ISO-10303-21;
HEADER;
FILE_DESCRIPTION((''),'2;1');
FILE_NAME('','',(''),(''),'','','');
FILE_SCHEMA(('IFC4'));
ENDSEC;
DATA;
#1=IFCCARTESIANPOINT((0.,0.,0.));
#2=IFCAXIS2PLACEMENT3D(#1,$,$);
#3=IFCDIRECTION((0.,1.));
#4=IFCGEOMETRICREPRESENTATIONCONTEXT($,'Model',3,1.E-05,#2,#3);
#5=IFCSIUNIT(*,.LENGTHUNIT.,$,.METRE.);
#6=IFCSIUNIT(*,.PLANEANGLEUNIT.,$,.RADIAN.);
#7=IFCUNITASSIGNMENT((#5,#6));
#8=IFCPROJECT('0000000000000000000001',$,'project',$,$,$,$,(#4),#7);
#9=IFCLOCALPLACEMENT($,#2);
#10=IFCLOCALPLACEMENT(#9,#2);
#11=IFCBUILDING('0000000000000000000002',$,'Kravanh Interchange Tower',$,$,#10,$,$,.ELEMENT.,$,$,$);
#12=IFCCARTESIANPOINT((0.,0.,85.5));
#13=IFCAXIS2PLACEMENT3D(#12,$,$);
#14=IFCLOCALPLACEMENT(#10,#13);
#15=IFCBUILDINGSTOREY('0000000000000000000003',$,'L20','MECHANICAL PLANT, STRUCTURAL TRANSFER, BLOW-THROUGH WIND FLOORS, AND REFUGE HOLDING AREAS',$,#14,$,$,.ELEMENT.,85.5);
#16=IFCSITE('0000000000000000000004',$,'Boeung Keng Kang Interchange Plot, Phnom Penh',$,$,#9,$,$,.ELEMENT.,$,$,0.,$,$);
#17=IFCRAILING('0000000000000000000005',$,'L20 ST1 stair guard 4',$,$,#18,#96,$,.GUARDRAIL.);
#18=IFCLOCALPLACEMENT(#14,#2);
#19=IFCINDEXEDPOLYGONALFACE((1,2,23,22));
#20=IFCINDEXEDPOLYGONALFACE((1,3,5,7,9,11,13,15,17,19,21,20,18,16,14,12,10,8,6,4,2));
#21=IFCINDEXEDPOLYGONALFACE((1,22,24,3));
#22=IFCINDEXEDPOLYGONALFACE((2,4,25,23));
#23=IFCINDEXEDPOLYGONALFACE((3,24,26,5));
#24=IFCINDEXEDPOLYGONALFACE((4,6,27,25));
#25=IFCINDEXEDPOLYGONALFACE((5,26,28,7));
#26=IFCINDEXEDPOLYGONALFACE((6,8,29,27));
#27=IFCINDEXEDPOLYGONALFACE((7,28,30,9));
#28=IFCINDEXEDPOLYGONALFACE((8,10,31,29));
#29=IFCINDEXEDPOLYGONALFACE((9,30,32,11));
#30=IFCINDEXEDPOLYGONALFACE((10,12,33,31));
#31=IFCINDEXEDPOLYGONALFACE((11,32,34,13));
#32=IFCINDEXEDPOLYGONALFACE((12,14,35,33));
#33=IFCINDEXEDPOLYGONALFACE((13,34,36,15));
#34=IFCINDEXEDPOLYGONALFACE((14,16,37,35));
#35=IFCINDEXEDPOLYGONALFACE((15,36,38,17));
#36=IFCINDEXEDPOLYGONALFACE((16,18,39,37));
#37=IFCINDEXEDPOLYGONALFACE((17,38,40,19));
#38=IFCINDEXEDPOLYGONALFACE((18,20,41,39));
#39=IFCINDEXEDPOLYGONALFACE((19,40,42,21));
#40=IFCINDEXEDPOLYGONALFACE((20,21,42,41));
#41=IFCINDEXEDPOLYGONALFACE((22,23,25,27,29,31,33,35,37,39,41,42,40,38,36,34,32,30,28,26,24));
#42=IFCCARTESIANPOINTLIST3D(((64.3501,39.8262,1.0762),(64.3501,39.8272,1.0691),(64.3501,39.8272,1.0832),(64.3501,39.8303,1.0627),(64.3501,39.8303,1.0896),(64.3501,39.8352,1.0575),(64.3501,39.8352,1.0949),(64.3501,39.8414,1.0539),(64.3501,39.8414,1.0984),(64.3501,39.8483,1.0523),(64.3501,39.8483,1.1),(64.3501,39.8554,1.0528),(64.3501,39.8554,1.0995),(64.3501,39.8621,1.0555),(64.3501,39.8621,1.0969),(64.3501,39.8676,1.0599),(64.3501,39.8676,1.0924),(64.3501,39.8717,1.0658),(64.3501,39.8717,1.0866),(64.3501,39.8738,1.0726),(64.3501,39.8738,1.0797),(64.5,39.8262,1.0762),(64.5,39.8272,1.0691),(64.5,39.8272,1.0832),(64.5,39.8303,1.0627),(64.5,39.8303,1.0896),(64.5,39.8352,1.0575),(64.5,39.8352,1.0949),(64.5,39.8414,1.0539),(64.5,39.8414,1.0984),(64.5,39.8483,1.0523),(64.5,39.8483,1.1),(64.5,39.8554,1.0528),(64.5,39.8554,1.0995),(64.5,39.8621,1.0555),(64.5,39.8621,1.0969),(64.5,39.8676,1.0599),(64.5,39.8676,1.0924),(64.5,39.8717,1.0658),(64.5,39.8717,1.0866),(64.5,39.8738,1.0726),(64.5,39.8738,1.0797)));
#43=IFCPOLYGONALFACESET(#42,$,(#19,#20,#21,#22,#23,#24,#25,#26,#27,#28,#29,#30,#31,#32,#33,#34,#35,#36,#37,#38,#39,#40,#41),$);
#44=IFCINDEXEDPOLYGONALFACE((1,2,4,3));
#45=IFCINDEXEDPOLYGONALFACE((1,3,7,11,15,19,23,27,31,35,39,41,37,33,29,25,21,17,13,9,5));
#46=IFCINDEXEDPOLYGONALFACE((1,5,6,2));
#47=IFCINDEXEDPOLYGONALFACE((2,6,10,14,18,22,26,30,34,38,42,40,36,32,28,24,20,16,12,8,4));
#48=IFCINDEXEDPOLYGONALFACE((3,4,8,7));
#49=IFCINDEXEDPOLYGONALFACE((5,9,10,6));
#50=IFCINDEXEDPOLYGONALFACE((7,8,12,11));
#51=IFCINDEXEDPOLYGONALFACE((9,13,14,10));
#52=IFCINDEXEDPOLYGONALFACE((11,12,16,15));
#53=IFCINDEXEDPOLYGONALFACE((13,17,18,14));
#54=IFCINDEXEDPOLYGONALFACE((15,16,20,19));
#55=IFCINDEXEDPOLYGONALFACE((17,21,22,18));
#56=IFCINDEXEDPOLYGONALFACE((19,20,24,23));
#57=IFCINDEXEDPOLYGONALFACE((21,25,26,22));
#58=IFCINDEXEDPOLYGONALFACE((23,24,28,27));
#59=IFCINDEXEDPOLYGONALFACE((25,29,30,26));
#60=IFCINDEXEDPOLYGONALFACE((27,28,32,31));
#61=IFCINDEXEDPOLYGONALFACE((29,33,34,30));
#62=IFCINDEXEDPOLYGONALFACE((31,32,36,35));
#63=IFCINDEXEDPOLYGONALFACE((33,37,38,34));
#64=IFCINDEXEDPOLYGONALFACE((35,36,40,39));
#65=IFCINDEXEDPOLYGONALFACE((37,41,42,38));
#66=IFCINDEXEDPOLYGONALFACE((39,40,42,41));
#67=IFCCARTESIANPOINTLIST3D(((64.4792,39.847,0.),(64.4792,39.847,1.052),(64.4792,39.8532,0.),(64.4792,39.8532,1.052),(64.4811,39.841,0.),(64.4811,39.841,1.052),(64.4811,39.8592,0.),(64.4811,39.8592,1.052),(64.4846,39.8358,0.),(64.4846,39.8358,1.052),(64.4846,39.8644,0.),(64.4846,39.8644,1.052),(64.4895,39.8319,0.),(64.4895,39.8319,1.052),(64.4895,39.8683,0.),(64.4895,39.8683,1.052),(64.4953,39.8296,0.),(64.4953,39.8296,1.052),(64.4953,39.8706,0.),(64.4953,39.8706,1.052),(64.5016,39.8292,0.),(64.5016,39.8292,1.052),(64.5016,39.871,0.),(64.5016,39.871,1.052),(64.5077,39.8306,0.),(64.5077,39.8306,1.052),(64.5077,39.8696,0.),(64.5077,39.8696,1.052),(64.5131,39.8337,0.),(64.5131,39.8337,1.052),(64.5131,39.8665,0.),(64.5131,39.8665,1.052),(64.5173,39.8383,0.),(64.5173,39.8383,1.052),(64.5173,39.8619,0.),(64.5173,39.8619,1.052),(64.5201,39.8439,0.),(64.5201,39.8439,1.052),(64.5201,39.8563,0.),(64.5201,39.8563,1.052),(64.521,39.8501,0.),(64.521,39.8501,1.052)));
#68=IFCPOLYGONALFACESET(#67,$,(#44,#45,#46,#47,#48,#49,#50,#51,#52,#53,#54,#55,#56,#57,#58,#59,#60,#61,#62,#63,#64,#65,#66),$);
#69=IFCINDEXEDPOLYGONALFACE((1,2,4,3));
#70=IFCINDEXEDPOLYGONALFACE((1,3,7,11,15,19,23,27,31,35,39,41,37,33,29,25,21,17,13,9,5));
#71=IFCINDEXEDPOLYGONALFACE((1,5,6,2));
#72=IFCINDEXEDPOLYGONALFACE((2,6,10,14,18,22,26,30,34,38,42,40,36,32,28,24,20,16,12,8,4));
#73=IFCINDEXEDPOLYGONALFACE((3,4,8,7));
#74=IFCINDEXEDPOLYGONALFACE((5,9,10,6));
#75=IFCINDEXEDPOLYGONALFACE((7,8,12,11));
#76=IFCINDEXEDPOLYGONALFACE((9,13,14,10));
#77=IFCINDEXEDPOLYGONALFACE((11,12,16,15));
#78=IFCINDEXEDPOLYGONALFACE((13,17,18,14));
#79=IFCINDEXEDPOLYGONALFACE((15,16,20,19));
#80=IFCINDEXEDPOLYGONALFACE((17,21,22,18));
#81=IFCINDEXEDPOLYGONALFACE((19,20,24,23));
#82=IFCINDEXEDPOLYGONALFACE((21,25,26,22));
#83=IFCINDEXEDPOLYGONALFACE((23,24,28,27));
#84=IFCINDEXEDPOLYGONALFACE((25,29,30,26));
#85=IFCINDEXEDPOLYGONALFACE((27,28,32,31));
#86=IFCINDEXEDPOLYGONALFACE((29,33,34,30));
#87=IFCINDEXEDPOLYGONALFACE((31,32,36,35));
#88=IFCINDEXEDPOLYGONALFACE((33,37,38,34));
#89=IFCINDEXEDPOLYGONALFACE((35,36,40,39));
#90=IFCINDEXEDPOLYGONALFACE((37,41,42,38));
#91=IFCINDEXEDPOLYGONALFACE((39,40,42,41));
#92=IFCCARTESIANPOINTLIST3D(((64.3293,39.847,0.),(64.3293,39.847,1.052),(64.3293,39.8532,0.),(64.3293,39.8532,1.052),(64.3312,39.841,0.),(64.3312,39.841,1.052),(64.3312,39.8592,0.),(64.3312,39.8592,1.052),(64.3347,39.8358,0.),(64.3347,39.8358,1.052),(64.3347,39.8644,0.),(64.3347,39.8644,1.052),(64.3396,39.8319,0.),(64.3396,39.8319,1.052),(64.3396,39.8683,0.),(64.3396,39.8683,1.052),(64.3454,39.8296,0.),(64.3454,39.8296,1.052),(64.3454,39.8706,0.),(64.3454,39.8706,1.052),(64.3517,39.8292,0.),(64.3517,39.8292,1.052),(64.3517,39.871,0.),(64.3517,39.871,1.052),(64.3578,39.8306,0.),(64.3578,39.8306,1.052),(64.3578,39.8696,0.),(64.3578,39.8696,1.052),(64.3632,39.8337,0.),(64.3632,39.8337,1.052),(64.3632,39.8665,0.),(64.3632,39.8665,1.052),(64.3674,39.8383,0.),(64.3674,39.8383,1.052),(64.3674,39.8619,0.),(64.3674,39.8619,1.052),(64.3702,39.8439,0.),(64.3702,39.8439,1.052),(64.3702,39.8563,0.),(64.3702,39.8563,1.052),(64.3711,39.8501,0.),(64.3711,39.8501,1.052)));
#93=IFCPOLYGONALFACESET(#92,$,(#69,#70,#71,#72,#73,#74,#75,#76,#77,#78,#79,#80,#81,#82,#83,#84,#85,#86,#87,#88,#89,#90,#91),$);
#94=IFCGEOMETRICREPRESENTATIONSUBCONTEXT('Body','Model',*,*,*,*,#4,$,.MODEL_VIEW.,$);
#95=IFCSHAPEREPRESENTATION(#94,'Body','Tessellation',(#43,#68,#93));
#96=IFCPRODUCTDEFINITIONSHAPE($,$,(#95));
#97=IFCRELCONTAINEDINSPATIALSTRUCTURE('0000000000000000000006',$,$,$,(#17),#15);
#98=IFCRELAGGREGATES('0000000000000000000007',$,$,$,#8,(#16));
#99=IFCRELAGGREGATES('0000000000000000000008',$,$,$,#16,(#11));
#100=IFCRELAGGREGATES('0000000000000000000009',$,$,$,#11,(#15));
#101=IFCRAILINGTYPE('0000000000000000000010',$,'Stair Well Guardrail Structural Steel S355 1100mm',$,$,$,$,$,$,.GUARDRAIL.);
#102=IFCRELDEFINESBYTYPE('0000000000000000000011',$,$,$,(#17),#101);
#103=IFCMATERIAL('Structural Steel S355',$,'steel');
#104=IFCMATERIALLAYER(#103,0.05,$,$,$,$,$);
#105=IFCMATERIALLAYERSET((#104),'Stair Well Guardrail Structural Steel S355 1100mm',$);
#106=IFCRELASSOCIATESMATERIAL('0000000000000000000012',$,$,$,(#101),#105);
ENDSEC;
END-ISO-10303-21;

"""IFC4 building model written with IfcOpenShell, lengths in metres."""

from ifc_helpers import new_model, si_unit, direction, frame, origin, origin_2d, place, context, subcontext, project, spatial, circle, extrude, material, layer, layer_set, type_object, element, save


model = new_model("IFC4")

# Units and contexts
model_context = context("Model", 3, precision=1e-05, world=origin(), true_north=direction((0.0, 1.0)))
body_context = subcontext(model_context, "Body", "Model", "MODEL_VIEW")
ifc_project = project(units=[si_unit("LENGTHUNIT", "METRE"), si_unit("PLANEANGLEUNIT", "RADIAN")], contexts=[model_context])

# Site, building, storey
site_placement = place(None, origin())
site = spatial("IfcSite", under=ifc_project, at=site_placement, Name="Boeung Keng Kang Interchange Plot, Phnom Penh", CompositionType="ELEMENT", RefElevation=0.0)
building_placement = place(site_placement, origin())
building = spatial("IfcBuilding", under=site, at=building_placement, Name="Kravanh Interchange Tower", CompositionType="ELEMENT")
storey_placement = place(building_placement, frame((0.0, 0.0, 85.5)))
storey = spatial("IfcBuildingStorey", under=building, at=storey_placement, Name="L20", Description="MECHANICAL PLANT, STRUCTURAL TRANSFER, BLOW-THROUGH WIND FLOORS, AND REFUGE HOLDING AREAS", CompositionType="ELEMENT", Elevation=85.5)

# Railing
ifc_material_1 = material(Name="Structural Steel S355", Category="steel")
ifc_layer_1 = layer(ifc_material_1, 0.05)
ifc_layer_set_1 = layer_set([ifc_layer_1], Name="Stair Well Guardrail Structural Steel S355 1100mm")
railing_type_1 = type_object("IfcRailingType", Name="Stair Well Guardrail Structural Steel S355 1100mm", PredefinedType="GUARDRAIL", material=ifc_layer_set_1)
railing_1_placement = place(storey_placement, frame((64.5, 39.8501, 0.0)))
element("IfcRailing", 1, at=railing_1_placement, inside=storey, type_object=railing_type_1, Name="L20 ST1 stair guard 4", PredefinedType="GUARDRAIL", context=body_context, shape_type="SweptSolid", body=[
    extrude(circle(Radius=0.0239, at=origin_2d()), frame((0.0, 0.0, 1.0762), z_axis=(-1.0, 0.0, 0.0), x_axis=(0.0, -1.0, 0.0)), (0.0, 0.0, 1.0), 0.1499),
    extrude(circle(Radius=0.021, at=origin_2d()), origin(), (0.0, 0.0, 1.0), 1.052),
    extrude(circle(Radius=0.021, at=origin_2d()), frame((-0.1499, 0.0, 0.0)), (0.0, 0.0, 1.0), 1.052),
])

save(model, "model.ifc")
